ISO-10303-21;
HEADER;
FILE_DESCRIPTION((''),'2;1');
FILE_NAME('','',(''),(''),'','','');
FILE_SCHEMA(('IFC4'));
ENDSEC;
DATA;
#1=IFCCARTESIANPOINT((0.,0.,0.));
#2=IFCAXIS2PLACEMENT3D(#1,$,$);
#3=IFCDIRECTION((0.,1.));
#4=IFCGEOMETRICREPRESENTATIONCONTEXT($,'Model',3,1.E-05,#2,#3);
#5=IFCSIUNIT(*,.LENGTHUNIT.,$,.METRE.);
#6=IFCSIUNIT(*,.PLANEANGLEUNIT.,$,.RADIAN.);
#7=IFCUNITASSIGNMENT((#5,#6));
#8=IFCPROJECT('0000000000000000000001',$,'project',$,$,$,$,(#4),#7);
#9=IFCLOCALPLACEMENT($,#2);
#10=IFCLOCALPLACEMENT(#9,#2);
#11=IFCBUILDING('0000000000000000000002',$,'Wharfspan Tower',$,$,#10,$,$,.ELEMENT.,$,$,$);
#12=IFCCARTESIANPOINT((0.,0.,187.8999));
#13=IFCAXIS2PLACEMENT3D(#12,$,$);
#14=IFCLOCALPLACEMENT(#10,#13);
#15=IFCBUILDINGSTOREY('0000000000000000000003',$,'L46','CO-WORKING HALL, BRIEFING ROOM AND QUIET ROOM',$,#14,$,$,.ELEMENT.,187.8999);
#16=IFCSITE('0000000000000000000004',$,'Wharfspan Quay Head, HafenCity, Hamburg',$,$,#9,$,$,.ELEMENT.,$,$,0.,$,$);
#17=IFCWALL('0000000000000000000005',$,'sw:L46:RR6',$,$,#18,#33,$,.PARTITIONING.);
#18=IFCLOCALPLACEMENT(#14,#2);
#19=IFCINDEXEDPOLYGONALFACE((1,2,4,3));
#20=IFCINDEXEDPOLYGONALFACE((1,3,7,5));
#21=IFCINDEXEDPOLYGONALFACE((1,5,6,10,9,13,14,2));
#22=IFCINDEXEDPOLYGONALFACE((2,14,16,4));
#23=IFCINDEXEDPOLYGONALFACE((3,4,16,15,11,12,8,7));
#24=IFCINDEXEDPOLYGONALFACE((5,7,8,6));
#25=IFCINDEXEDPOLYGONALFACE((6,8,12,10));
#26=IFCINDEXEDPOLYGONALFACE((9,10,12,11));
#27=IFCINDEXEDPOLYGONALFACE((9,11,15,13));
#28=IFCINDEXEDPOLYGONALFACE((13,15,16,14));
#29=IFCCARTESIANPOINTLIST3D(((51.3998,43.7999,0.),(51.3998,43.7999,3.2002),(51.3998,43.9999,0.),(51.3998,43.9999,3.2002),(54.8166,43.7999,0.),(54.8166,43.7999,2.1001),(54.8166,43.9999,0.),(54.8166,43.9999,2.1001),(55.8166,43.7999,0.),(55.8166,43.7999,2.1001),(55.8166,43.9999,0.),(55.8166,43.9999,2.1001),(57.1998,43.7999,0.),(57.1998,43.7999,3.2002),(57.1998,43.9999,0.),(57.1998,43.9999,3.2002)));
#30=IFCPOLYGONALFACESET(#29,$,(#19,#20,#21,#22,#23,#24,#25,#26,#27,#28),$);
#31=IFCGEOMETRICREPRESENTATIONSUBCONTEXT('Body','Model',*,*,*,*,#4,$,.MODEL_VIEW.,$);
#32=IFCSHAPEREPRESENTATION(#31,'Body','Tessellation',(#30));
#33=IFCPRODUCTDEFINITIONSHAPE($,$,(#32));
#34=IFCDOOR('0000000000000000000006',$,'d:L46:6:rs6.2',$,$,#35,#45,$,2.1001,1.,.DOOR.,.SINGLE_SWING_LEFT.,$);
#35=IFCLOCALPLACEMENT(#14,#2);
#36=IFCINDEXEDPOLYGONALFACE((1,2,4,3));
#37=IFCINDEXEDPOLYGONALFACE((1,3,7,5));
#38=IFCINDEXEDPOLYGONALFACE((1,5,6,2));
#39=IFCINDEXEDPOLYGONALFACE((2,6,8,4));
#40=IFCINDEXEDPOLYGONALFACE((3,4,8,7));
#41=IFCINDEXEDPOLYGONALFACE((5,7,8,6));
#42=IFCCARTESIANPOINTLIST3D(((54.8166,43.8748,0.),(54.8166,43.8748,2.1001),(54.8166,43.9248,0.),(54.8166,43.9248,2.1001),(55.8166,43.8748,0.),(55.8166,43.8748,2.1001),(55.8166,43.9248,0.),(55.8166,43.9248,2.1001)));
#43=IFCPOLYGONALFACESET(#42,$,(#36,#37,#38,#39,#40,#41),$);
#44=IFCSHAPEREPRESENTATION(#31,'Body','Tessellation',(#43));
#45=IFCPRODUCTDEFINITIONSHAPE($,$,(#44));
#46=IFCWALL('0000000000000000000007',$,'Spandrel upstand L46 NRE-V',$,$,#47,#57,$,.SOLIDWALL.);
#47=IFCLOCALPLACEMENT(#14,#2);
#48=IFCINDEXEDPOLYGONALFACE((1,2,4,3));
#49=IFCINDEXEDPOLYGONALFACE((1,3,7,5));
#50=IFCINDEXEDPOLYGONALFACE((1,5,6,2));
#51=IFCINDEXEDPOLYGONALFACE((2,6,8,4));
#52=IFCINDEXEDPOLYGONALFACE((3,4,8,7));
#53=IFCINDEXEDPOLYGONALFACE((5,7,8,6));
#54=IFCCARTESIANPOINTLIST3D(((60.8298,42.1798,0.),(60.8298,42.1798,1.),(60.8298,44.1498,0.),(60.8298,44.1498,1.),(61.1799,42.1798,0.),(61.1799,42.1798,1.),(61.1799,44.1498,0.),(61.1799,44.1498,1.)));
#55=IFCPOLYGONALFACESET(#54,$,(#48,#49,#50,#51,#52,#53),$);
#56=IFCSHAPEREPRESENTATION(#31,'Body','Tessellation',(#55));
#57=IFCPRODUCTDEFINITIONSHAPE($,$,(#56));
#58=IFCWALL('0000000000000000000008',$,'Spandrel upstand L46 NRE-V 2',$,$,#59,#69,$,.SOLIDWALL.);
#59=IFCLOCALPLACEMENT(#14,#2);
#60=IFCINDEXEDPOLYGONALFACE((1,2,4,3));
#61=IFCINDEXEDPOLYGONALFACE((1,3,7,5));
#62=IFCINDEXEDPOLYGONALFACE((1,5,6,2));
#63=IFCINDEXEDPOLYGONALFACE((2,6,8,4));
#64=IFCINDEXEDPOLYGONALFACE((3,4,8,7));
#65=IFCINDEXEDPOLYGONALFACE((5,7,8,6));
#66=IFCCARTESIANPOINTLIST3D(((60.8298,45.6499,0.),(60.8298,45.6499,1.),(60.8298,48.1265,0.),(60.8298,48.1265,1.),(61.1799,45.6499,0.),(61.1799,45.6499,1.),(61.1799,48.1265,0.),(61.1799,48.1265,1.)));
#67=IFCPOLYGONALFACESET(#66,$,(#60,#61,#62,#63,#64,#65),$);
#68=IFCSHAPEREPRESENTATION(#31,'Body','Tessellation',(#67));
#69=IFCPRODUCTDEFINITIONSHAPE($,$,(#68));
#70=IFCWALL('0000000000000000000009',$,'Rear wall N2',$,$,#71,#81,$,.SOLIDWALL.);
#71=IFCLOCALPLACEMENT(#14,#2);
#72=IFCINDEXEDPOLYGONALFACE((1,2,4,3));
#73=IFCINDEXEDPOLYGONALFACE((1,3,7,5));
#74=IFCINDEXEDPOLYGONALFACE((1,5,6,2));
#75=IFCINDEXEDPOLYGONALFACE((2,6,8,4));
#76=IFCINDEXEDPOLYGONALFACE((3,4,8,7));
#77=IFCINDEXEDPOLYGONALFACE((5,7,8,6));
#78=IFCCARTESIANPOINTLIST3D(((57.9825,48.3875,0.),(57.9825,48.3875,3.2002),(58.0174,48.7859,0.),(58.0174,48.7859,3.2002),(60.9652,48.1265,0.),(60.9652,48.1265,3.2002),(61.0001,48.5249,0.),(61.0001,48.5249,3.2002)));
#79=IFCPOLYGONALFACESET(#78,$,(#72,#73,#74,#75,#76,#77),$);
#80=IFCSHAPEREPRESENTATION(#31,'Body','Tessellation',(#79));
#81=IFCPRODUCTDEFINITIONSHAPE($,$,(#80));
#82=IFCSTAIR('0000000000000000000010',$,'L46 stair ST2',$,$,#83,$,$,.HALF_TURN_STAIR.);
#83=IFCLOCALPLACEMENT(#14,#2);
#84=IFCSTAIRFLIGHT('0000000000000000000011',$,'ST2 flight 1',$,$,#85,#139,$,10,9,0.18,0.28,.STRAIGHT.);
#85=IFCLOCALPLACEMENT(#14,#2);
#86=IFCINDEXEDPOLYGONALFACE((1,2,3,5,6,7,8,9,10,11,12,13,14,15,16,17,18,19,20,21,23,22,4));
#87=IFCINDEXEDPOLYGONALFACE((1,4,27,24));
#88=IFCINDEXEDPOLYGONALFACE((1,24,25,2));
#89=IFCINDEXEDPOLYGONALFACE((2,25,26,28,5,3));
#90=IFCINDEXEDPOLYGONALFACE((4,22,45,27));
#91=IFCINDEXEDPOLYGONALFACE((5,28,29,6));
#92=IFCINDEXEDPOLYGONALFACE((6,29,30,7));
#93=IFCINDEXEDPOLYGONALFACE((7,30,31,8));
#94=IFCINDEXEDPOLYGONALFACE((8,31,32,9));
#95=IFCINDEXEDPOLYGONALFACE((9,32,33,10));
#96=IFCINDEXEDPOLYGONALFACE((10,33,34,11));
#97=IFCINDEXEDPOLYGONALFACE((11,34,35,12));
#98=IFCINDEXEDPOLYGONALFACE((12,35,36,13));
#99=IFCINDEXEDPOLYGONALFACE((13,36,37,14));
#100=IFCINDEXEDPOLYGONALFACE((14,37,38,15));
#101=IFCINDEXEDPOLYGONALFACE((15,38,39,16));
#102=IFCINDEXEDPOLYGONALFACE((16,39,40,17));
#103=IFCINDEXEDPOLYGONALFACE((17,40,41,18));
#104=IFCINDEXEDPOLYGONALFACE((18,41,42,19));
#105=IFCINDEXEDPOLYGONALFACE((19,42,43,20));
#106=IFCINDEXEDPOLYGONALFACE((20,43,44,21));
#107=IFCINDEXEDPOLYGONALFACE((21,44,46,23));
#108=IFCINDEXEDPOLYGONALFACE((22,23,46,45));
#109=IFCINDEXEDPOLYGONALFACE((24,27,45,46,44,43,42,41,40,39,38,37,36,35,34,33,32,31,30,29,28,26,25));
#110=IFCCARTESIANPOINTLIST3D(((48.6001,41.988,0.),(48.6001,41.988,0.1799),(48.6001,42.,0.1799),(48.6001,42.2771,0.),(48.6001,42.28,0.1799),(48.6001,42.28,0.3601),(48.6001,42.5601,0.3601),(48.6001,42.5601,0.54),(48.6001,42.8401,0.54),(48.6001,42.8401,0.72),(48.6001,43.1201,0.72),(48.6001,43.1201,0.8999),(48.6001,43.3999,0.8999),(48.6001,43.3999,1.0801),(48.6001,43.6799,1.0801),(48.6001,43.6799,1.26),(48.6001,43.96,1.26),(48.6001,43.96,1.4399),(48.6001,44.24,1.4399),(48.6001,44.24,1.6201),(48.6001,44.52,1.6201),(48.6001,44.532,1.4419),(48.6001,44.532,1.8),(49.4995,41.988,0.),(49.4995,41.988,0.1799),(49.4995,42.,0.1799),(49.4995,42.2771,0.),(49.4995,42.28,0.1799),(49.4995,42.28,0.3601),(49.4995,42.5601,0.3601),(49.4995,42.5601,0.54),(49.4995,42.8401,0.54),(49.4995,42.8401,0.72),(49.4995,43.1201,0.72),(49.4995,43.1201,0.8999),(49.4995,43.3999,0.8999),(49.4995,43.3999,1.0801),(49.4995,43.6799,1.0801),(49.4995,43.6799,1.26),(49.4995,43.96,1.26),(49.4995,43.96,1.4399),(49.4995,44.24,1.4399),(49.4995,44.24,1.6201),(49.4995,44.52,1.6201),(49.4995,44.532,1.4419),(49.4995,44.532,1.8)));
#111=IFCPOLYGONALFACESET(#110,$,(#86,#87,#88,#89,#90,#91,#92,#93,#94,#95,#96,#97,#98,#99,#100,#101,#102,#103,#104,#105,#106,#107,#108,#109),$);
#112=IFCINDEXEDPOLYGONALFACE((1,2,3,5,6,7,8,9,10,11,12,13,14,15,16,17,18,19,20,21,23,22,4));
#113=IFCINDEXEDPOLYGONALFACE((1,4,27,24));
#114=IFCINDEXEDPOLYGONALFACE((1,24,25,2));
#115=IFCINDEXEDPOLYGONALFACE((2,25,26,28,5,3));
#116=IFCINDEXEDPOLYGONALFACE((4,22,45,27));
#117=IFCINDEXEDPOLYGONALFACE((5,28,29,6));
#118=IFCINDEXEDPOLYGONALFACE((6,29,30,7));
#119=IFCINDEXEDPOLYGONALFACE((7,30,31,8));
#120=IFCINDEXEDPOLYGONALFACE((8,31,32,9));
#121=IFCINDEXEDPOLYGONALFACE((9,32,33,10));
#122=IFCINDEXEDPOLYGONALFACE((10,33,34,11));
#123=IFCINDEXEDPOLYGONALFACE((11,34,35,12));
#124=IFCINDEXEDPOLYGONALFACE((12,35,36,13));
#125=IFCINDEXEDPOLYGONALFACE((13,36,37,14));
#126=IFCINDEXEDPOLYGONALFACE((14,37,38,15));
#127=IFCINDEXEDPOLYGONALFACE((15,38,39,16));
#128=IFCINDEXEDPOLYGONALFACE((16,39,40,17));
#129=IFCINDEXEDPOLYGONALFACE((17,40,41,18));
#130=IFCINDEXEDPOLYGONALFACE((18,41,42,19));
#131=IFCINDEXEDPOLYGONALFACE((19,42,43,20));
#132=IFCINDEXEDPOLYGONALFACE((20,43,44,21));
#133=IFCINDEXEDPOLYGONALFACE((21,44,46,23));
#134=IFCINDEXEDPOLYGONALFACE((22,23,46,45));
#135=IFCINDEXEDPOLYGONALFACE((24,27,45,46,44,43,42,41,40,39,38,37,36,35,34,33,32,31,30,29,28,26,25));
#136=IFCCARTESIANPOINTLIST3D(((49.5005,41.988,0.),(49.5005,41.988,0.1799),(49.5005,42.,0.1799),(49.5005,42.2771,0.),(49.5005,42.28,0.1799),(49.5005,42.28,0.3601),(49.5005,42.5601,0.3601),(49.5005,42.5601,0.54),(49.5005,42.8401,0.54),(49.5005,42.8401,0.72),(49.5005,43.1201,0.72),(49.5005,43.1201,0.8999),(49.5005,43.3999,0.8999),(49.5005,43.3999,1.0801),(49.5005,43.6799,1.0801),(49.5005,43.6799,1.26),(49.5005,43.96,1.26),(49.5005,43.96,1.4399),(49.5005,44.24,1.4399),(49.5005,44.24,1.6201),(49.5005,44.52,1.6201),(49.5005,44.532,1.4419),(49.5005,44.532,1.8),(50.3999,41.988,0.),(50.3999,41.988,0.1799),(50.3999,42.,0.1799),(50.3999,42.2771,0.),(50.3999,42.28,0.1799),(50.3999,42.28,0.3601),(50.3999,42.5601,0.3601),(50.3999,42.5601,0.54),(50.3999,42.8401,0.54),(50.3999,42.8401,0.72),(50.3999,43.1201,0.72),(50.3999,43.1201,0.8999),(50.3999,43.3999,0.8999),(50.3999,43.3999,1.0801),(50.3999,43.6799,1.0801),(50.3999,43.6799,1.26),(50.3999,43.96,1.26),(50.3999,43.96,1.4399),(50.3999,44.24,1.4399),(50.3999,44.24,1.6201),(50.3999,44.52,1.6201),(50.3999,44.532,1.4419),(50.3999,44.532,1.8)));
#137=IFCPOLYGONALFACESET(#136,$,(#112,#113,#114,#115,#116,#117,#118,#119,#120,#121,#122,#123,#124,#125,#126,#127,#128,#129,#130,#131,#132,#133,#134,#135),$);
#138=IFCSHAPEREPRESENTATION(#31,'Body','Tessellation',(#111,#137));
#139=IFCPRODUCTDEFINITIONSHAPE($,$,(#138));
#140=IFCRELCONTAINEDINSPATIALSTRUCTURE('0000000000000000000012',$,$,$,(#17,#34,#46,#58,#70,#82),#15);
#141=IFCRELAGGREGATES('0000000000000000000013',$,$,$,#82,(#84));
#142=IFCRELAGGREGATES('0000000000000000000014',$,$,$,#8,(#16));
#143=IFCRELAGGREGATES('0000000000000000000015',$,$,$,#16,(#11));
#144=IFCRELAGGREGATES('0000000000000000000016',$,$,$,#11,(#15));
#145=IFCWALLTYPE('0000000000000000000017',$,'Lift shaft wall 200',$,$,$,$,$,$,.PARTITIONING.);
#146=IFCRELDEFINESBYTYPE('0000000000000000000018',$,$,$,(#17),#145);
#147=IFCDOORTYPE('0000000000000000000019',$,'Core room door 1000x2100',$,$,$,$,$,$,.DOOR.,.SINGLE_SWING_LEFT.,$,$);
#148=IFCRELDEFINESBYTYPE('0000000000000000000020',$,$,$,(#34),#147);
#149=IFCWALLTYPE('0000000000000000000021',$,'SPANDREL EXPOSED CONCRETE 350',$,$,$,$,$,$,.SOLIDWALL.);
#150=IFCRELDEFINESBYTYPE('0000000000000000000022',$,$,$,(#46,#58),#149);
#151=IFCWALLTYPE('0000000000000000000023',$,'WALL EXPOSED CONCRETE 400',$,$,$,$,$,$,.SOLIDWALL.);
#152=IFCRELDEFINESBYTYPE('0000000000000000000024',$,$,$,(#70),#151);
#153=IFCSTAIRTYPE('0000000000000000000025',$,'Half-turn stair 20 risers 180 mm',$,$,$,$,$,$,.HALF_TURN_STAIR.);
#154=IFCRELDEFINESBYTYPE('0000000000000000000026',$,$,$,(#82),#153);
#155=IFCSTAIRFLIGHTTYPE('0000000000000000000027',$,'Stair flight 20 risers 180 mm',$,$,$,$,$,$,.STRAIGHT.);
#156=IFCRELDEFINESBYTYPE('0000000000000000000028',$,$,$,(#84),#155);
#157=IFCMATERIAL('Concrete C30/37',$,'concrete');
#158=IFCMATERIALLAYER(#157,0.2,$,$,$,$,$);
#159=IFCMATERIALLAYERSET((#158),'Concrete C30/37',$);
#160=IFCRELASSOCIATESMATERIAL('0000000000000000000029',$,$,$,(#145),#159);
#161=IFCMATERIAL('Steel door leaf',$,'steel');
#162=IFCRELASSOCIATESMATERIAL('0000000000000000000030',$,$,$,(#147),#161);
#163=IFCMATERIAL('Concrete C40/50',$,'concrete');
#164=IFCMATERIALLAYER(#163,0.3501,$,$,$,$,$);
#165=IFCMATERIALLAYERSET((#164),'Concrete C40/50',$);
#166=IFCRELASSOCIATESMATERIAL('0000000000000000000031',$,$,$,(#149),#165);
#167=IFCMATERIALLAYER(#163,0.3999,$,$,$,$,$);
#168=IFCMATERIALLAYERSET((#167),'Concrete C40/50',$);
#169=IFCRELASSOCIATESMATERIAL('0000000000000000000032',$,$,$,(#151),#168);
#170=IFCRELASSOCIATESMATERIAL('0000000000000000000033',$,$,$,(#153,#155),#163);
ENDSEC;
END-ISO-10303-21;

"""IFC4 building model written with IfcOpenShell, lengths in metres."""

from ifc_helpers import new_model, si_unit, direction, frame, frame_2d, origin, place, context, subcontext, project, spatial, polyline, rectangle, outline, extrude, material, layer, layer_set, type_object, element, fill, aggregate, save


model = new_model("IFC4")

# Units and contexts
model_context = context("Model", 3, precision=1e-05, world=origin(), true_north=direction((0.0, 1.0)))
body_context = subcontext(model_context, "Body", "Model", "MODEL_VIEW")
ifc_project = project(units=[si_unit("LENGTHUNIT", "METRE"), si_unit("PLANEANGLEUNIT", "RADIAN")], contexts=[model_context])

# Site, building, storey
site_placement = place(None, origin())
site = spatial("IfcSite", under=ifc_project, at=site_placement, Name="Wharfspan Quay Head, HafenCity, Hamburg", CompositionType="ELEMENT", RefElevation=0.0)
building_placement = place(site_placement, origin())
building = spatial("IfcBuilding", under=site, at=building_placement, Name="Wharfspan Tower", CompositionType="ELEMENT")
storey_placement = place(building_placement, frame((0.0, 0.0, 187.8999)))
storey = spatial("IfcBuildingStorey", under=building, at=storey_placement, Name="L46", Description="CO-WORKING HALL, BRIEFING ROOM AND QUIET ROOM", CompositionType="ELEMENT", Elevation=187.8999)

# Shared definitions
ifc_material_1 = material(Name="Concrete C30/37", Category="concrete")
ifc_layer_1 = layer(ifc_material_1, 0.2)
ifc_layer_set_1 = layer_set([ifc_layer_1], Name="Concrete C30/37")
wall_type_1 = type_object("IfcWallType", Name="Lift shaft wall 200", PredefinedType="PARTITIONING", material=ifc_layer_set_1)
ifc_material_2 = material(Name="Steel door leaf", Category="steel")
door_type_1 = type_object("IfcDoorType", Name="Core room door 1000x2100", OperationType="SINGLE_SWING_LEFT", PredefinedType="DOOR", material=ifc_material_2)

# Wall, opening, door
wall_1_placement = place(storey_placement, frame((51.3999, 43.8999, 0.0), z_axis=(0.0, 0.0, 1.0), x_axis=(1.0, 0.0, 0.0)))
wall_1 = element("IfcWall", 1, at=wall_1_placement, inside=storey, type_object=wall_type_1, Name="sw:L46:RR6", PredefinedType="PARTITIONING", context=body_context, shape_type="SweptSolid", body=[
    extrude(rectangle(XDim=5.8, YDim=0.2, at=frame_2d((2.8999, 0.0))), origin(), (0.0, 0.0, 1.0), 3.2002),
])
opening_1_placement = place(wall_1_placement, frame((3.4167, 0.0, 0.0)))
opening_1 = element("IfcOpeningElement", 2, at=opening_1_placement, cuts=wall_1, PredefinedType="OPENING", context=body_context, shape_type="SweptSolid", body=[
    extrude(rectangle(XDim=1.0, YDim=2.1001, at=frame_2d((0.5, 1.05))), frame((0.0, 0.1099, 0.0), z_axis=(0.0, -1.0, 0.0), x_axis=(1.0, 0.0, 0.0)), (0.0, 0.0, 1.0), 0.22),
])
door_1_placement = place(opening_1_placement, origin())
door_1 = element("IfcDoor", 3, at=door_1_placement, inside=storey, type_object=door_type_1, Name="d:L46:6:rs6.2", OperationType="SINGLE_SWING_LEFT", OverallHeight=2.1001, OverallWidth=1.0, PredefinedType="DOOR", context=body_context, shape_type="SweptSolid", body=[
    extrude(rectangle(XDim=1.0, YDim=2.1001, at=frame_2d((0.5, 1.05))), frame((0.0, 0.0249, 0.0), z_axis=(0.0, -1.0, 0.0), x_axis=(1.0, 0.0, 0.0)), (0.0, 0.0, 1.0), 0.05),
])
fill(opening_1, door_1)

# Walls
ifc_material_3 = material(Name="Concrete C40/50", Category="concrete")
ifc_layer_2 = layer(ifc_material_3, 0.3501)
ifc_layer_set_2 = layer_set([ifc_layer_2], Name="Concrete C40/50")
wall_type_2 = type_object("IfcWallType", Name="SPANDREL EXPOSED CONCRETE 350", PredefinedType="SOLIDWALL", material=ifc_layer_set_2)
wall_2_placement = place(storey_placement, frame((61.0049, 42.1799, 0.0), z_axis=(0.0, 0.0, 1.0), x_axis=(0.0, 1.0, 0.0)))
element("IfcWall", 4, at=wall_2_placement, inside=storey, type_object=wall_type_2, Name="Spandrel upstand L46 NRE-V", PredefinedType="SOLIDWALL", context=body_context, shape_type="SweptSolid", body=[
    extrude(rectangle(XDim=1.97, YDim=0.3501, at=frame_2d((0.9849, 0.0))), origin(), (0.0, 0.0, 1.0), 1.0),
])
wall_3_placement = place(storey_placement, frame((61.0049, 45.6499, 0.0), z_axis=(0.0, 0.0, 1.0), x_axis=(0.0, 1.0, 0.0)))
element("IfcWall", 5, at=wall_3_placement, inside=storey, type_object=wall_type_2, Name="Spandrel upstand L46 NRE-V 2", PredefinedType="SOLIDWALL", context=body_context, shape_type="SweptSolid", body=[
    extrude(rectangle(XDim=2.4766, YDim=0.3501, at=frame_2d((1.2383, 0.0))), origin(), (0.0, 0.0, 1.0), 1.0),
])
ifc_layer_3 = layer(ifc_material_3, 0.3999)
ifc_layer_set_3 = layer_set([ifc_layer_3], Name="Concrete C40/50")
wall_type_3 = type_object("IfcWallType", Name="WALL EXPOSED CONCRETE 400", PredefinedType="SOLIDWALL", material=ifc_layer_set_3)
wall_4_placement = place(storey_placement, frame((60.9827, 48.3257, 0.0), z_axis=(0.0, 0.0, 1.0), x_axis=(-0.996194, 0.087168, 0.0)))
element("IfcWall", 6, at=wall_4_placement, inside=storey, type_object=wall_type_3, Name="Rear wall N2", PredefinedType="SOLIDWALL", context=body_context, shape_type="SweptSolid", body=[
    extrude(rectangle(XDim=2.9941, YDim=0.3999, at=frame_2d((1.4971, 0.0))), origin(), (0.0, 0.0, 1.0), 3.2002),
])

# Stair, stair flight
stair_type = type_object("IfcStairType", Name="Half-turn stair 20 risers 180 mm", PredefinedType="HALF_TURN_STAIR", material=ifc_material_3)
stair_placement = place(storey_placement, origin())
stair = element("IfcStair", 7, at=stair_placement, inside=storey, type_object=stair_type, Name="L46 stair ST2", PredefinedType="HALF_TURN_STAIR")
stair_flight_type = type_object("IfcStairFlightType", Name="Stair flight 20 risers 180 mm", PredefinedType="STRAIGHT", material=ifc_material_3)
stair_flight_placement = place(storey_placement, frame((49.5, 42.0, 0.0), z_axis=(0.0, 0.0, 1.0), x_axis=(0.0, 1.0, 0.0)))
stair_flight = element("IfcStairFlight", 8, at=stair_flight_placement, type_object=stair_flight_type, Name="ST2 flight 1", NumberOfRisers=10, NumberOfTreads=9, PredefinedType="STRAIGHT", RiserHeight=0.18, TreadLength=0.28, context=body_context, shape_type="SweptSolid", body=[
    extrude(outline(polyline([(-0.012, 0.0), (-0.012, 0.1799), (0.0, 0.1799), (0.28, 0.1799), (0.28, 0.3601), (0.5601, 0.3601), (0.5601, 0.54), (0.8401, 0.54), (0.8401, 0.72), (1.1201, 0.72), (1.1201, 0.8999), (1.3999, 0.8999), (1.3999, 1.0801), (1.6799, 1.0801), (1.6799, 1.26), (1.96, 1.26), (1.96, 1.4399), (2.24, 1.4399), (2.24, 1.6201), (2.52, 1.6201), (2.532, 1.8), (2.532, 1.4419), (0.2771, 0.0), (-0.012, 0.0)])), frame((0.0, 0.8999, 0.0), z_axis=(0.0, -1.0, 0.0), x_axis=(1.0, 0.0, 0.0)), (0.0, 0.0, 1.0), 0.8994),
    extrude(outline(polyline([(-0.012, 0.0), (-0.012, 0.1799), (0.0, 0.1799), (0.28, 0.1799), (0.28, 0.3601), (0.5601, 0.3601), (0.5601, 0.54), (0.8401, 0.54), (0.8401, 0.72), (1.1201, 0.72), (1.1201, 0.8999), (1.3999, 0.8999), (1.3999, 1.0801), (1.6799, 1.0801), (1.6799, 1.26), (1.96, 1.26), (1.96, 1.4399), (2.24, 1.4399), (2.24, 1.6201), (2.52, 1.6201), (2.532, 1.8), (2.532, 1.4419), (0.2771, 0.0), (-0.012, 0.0)])), frame((0.0, -0.0005, 0.0), z_axis=(0.0, -1.0, 0.0), x_axis=(1.0, 0.0, 0.0)), (0.0, 0.0, 1.0), 0.8994),
])
aggregate(stair, [stair_flight])

save(model, "model.ifc")
